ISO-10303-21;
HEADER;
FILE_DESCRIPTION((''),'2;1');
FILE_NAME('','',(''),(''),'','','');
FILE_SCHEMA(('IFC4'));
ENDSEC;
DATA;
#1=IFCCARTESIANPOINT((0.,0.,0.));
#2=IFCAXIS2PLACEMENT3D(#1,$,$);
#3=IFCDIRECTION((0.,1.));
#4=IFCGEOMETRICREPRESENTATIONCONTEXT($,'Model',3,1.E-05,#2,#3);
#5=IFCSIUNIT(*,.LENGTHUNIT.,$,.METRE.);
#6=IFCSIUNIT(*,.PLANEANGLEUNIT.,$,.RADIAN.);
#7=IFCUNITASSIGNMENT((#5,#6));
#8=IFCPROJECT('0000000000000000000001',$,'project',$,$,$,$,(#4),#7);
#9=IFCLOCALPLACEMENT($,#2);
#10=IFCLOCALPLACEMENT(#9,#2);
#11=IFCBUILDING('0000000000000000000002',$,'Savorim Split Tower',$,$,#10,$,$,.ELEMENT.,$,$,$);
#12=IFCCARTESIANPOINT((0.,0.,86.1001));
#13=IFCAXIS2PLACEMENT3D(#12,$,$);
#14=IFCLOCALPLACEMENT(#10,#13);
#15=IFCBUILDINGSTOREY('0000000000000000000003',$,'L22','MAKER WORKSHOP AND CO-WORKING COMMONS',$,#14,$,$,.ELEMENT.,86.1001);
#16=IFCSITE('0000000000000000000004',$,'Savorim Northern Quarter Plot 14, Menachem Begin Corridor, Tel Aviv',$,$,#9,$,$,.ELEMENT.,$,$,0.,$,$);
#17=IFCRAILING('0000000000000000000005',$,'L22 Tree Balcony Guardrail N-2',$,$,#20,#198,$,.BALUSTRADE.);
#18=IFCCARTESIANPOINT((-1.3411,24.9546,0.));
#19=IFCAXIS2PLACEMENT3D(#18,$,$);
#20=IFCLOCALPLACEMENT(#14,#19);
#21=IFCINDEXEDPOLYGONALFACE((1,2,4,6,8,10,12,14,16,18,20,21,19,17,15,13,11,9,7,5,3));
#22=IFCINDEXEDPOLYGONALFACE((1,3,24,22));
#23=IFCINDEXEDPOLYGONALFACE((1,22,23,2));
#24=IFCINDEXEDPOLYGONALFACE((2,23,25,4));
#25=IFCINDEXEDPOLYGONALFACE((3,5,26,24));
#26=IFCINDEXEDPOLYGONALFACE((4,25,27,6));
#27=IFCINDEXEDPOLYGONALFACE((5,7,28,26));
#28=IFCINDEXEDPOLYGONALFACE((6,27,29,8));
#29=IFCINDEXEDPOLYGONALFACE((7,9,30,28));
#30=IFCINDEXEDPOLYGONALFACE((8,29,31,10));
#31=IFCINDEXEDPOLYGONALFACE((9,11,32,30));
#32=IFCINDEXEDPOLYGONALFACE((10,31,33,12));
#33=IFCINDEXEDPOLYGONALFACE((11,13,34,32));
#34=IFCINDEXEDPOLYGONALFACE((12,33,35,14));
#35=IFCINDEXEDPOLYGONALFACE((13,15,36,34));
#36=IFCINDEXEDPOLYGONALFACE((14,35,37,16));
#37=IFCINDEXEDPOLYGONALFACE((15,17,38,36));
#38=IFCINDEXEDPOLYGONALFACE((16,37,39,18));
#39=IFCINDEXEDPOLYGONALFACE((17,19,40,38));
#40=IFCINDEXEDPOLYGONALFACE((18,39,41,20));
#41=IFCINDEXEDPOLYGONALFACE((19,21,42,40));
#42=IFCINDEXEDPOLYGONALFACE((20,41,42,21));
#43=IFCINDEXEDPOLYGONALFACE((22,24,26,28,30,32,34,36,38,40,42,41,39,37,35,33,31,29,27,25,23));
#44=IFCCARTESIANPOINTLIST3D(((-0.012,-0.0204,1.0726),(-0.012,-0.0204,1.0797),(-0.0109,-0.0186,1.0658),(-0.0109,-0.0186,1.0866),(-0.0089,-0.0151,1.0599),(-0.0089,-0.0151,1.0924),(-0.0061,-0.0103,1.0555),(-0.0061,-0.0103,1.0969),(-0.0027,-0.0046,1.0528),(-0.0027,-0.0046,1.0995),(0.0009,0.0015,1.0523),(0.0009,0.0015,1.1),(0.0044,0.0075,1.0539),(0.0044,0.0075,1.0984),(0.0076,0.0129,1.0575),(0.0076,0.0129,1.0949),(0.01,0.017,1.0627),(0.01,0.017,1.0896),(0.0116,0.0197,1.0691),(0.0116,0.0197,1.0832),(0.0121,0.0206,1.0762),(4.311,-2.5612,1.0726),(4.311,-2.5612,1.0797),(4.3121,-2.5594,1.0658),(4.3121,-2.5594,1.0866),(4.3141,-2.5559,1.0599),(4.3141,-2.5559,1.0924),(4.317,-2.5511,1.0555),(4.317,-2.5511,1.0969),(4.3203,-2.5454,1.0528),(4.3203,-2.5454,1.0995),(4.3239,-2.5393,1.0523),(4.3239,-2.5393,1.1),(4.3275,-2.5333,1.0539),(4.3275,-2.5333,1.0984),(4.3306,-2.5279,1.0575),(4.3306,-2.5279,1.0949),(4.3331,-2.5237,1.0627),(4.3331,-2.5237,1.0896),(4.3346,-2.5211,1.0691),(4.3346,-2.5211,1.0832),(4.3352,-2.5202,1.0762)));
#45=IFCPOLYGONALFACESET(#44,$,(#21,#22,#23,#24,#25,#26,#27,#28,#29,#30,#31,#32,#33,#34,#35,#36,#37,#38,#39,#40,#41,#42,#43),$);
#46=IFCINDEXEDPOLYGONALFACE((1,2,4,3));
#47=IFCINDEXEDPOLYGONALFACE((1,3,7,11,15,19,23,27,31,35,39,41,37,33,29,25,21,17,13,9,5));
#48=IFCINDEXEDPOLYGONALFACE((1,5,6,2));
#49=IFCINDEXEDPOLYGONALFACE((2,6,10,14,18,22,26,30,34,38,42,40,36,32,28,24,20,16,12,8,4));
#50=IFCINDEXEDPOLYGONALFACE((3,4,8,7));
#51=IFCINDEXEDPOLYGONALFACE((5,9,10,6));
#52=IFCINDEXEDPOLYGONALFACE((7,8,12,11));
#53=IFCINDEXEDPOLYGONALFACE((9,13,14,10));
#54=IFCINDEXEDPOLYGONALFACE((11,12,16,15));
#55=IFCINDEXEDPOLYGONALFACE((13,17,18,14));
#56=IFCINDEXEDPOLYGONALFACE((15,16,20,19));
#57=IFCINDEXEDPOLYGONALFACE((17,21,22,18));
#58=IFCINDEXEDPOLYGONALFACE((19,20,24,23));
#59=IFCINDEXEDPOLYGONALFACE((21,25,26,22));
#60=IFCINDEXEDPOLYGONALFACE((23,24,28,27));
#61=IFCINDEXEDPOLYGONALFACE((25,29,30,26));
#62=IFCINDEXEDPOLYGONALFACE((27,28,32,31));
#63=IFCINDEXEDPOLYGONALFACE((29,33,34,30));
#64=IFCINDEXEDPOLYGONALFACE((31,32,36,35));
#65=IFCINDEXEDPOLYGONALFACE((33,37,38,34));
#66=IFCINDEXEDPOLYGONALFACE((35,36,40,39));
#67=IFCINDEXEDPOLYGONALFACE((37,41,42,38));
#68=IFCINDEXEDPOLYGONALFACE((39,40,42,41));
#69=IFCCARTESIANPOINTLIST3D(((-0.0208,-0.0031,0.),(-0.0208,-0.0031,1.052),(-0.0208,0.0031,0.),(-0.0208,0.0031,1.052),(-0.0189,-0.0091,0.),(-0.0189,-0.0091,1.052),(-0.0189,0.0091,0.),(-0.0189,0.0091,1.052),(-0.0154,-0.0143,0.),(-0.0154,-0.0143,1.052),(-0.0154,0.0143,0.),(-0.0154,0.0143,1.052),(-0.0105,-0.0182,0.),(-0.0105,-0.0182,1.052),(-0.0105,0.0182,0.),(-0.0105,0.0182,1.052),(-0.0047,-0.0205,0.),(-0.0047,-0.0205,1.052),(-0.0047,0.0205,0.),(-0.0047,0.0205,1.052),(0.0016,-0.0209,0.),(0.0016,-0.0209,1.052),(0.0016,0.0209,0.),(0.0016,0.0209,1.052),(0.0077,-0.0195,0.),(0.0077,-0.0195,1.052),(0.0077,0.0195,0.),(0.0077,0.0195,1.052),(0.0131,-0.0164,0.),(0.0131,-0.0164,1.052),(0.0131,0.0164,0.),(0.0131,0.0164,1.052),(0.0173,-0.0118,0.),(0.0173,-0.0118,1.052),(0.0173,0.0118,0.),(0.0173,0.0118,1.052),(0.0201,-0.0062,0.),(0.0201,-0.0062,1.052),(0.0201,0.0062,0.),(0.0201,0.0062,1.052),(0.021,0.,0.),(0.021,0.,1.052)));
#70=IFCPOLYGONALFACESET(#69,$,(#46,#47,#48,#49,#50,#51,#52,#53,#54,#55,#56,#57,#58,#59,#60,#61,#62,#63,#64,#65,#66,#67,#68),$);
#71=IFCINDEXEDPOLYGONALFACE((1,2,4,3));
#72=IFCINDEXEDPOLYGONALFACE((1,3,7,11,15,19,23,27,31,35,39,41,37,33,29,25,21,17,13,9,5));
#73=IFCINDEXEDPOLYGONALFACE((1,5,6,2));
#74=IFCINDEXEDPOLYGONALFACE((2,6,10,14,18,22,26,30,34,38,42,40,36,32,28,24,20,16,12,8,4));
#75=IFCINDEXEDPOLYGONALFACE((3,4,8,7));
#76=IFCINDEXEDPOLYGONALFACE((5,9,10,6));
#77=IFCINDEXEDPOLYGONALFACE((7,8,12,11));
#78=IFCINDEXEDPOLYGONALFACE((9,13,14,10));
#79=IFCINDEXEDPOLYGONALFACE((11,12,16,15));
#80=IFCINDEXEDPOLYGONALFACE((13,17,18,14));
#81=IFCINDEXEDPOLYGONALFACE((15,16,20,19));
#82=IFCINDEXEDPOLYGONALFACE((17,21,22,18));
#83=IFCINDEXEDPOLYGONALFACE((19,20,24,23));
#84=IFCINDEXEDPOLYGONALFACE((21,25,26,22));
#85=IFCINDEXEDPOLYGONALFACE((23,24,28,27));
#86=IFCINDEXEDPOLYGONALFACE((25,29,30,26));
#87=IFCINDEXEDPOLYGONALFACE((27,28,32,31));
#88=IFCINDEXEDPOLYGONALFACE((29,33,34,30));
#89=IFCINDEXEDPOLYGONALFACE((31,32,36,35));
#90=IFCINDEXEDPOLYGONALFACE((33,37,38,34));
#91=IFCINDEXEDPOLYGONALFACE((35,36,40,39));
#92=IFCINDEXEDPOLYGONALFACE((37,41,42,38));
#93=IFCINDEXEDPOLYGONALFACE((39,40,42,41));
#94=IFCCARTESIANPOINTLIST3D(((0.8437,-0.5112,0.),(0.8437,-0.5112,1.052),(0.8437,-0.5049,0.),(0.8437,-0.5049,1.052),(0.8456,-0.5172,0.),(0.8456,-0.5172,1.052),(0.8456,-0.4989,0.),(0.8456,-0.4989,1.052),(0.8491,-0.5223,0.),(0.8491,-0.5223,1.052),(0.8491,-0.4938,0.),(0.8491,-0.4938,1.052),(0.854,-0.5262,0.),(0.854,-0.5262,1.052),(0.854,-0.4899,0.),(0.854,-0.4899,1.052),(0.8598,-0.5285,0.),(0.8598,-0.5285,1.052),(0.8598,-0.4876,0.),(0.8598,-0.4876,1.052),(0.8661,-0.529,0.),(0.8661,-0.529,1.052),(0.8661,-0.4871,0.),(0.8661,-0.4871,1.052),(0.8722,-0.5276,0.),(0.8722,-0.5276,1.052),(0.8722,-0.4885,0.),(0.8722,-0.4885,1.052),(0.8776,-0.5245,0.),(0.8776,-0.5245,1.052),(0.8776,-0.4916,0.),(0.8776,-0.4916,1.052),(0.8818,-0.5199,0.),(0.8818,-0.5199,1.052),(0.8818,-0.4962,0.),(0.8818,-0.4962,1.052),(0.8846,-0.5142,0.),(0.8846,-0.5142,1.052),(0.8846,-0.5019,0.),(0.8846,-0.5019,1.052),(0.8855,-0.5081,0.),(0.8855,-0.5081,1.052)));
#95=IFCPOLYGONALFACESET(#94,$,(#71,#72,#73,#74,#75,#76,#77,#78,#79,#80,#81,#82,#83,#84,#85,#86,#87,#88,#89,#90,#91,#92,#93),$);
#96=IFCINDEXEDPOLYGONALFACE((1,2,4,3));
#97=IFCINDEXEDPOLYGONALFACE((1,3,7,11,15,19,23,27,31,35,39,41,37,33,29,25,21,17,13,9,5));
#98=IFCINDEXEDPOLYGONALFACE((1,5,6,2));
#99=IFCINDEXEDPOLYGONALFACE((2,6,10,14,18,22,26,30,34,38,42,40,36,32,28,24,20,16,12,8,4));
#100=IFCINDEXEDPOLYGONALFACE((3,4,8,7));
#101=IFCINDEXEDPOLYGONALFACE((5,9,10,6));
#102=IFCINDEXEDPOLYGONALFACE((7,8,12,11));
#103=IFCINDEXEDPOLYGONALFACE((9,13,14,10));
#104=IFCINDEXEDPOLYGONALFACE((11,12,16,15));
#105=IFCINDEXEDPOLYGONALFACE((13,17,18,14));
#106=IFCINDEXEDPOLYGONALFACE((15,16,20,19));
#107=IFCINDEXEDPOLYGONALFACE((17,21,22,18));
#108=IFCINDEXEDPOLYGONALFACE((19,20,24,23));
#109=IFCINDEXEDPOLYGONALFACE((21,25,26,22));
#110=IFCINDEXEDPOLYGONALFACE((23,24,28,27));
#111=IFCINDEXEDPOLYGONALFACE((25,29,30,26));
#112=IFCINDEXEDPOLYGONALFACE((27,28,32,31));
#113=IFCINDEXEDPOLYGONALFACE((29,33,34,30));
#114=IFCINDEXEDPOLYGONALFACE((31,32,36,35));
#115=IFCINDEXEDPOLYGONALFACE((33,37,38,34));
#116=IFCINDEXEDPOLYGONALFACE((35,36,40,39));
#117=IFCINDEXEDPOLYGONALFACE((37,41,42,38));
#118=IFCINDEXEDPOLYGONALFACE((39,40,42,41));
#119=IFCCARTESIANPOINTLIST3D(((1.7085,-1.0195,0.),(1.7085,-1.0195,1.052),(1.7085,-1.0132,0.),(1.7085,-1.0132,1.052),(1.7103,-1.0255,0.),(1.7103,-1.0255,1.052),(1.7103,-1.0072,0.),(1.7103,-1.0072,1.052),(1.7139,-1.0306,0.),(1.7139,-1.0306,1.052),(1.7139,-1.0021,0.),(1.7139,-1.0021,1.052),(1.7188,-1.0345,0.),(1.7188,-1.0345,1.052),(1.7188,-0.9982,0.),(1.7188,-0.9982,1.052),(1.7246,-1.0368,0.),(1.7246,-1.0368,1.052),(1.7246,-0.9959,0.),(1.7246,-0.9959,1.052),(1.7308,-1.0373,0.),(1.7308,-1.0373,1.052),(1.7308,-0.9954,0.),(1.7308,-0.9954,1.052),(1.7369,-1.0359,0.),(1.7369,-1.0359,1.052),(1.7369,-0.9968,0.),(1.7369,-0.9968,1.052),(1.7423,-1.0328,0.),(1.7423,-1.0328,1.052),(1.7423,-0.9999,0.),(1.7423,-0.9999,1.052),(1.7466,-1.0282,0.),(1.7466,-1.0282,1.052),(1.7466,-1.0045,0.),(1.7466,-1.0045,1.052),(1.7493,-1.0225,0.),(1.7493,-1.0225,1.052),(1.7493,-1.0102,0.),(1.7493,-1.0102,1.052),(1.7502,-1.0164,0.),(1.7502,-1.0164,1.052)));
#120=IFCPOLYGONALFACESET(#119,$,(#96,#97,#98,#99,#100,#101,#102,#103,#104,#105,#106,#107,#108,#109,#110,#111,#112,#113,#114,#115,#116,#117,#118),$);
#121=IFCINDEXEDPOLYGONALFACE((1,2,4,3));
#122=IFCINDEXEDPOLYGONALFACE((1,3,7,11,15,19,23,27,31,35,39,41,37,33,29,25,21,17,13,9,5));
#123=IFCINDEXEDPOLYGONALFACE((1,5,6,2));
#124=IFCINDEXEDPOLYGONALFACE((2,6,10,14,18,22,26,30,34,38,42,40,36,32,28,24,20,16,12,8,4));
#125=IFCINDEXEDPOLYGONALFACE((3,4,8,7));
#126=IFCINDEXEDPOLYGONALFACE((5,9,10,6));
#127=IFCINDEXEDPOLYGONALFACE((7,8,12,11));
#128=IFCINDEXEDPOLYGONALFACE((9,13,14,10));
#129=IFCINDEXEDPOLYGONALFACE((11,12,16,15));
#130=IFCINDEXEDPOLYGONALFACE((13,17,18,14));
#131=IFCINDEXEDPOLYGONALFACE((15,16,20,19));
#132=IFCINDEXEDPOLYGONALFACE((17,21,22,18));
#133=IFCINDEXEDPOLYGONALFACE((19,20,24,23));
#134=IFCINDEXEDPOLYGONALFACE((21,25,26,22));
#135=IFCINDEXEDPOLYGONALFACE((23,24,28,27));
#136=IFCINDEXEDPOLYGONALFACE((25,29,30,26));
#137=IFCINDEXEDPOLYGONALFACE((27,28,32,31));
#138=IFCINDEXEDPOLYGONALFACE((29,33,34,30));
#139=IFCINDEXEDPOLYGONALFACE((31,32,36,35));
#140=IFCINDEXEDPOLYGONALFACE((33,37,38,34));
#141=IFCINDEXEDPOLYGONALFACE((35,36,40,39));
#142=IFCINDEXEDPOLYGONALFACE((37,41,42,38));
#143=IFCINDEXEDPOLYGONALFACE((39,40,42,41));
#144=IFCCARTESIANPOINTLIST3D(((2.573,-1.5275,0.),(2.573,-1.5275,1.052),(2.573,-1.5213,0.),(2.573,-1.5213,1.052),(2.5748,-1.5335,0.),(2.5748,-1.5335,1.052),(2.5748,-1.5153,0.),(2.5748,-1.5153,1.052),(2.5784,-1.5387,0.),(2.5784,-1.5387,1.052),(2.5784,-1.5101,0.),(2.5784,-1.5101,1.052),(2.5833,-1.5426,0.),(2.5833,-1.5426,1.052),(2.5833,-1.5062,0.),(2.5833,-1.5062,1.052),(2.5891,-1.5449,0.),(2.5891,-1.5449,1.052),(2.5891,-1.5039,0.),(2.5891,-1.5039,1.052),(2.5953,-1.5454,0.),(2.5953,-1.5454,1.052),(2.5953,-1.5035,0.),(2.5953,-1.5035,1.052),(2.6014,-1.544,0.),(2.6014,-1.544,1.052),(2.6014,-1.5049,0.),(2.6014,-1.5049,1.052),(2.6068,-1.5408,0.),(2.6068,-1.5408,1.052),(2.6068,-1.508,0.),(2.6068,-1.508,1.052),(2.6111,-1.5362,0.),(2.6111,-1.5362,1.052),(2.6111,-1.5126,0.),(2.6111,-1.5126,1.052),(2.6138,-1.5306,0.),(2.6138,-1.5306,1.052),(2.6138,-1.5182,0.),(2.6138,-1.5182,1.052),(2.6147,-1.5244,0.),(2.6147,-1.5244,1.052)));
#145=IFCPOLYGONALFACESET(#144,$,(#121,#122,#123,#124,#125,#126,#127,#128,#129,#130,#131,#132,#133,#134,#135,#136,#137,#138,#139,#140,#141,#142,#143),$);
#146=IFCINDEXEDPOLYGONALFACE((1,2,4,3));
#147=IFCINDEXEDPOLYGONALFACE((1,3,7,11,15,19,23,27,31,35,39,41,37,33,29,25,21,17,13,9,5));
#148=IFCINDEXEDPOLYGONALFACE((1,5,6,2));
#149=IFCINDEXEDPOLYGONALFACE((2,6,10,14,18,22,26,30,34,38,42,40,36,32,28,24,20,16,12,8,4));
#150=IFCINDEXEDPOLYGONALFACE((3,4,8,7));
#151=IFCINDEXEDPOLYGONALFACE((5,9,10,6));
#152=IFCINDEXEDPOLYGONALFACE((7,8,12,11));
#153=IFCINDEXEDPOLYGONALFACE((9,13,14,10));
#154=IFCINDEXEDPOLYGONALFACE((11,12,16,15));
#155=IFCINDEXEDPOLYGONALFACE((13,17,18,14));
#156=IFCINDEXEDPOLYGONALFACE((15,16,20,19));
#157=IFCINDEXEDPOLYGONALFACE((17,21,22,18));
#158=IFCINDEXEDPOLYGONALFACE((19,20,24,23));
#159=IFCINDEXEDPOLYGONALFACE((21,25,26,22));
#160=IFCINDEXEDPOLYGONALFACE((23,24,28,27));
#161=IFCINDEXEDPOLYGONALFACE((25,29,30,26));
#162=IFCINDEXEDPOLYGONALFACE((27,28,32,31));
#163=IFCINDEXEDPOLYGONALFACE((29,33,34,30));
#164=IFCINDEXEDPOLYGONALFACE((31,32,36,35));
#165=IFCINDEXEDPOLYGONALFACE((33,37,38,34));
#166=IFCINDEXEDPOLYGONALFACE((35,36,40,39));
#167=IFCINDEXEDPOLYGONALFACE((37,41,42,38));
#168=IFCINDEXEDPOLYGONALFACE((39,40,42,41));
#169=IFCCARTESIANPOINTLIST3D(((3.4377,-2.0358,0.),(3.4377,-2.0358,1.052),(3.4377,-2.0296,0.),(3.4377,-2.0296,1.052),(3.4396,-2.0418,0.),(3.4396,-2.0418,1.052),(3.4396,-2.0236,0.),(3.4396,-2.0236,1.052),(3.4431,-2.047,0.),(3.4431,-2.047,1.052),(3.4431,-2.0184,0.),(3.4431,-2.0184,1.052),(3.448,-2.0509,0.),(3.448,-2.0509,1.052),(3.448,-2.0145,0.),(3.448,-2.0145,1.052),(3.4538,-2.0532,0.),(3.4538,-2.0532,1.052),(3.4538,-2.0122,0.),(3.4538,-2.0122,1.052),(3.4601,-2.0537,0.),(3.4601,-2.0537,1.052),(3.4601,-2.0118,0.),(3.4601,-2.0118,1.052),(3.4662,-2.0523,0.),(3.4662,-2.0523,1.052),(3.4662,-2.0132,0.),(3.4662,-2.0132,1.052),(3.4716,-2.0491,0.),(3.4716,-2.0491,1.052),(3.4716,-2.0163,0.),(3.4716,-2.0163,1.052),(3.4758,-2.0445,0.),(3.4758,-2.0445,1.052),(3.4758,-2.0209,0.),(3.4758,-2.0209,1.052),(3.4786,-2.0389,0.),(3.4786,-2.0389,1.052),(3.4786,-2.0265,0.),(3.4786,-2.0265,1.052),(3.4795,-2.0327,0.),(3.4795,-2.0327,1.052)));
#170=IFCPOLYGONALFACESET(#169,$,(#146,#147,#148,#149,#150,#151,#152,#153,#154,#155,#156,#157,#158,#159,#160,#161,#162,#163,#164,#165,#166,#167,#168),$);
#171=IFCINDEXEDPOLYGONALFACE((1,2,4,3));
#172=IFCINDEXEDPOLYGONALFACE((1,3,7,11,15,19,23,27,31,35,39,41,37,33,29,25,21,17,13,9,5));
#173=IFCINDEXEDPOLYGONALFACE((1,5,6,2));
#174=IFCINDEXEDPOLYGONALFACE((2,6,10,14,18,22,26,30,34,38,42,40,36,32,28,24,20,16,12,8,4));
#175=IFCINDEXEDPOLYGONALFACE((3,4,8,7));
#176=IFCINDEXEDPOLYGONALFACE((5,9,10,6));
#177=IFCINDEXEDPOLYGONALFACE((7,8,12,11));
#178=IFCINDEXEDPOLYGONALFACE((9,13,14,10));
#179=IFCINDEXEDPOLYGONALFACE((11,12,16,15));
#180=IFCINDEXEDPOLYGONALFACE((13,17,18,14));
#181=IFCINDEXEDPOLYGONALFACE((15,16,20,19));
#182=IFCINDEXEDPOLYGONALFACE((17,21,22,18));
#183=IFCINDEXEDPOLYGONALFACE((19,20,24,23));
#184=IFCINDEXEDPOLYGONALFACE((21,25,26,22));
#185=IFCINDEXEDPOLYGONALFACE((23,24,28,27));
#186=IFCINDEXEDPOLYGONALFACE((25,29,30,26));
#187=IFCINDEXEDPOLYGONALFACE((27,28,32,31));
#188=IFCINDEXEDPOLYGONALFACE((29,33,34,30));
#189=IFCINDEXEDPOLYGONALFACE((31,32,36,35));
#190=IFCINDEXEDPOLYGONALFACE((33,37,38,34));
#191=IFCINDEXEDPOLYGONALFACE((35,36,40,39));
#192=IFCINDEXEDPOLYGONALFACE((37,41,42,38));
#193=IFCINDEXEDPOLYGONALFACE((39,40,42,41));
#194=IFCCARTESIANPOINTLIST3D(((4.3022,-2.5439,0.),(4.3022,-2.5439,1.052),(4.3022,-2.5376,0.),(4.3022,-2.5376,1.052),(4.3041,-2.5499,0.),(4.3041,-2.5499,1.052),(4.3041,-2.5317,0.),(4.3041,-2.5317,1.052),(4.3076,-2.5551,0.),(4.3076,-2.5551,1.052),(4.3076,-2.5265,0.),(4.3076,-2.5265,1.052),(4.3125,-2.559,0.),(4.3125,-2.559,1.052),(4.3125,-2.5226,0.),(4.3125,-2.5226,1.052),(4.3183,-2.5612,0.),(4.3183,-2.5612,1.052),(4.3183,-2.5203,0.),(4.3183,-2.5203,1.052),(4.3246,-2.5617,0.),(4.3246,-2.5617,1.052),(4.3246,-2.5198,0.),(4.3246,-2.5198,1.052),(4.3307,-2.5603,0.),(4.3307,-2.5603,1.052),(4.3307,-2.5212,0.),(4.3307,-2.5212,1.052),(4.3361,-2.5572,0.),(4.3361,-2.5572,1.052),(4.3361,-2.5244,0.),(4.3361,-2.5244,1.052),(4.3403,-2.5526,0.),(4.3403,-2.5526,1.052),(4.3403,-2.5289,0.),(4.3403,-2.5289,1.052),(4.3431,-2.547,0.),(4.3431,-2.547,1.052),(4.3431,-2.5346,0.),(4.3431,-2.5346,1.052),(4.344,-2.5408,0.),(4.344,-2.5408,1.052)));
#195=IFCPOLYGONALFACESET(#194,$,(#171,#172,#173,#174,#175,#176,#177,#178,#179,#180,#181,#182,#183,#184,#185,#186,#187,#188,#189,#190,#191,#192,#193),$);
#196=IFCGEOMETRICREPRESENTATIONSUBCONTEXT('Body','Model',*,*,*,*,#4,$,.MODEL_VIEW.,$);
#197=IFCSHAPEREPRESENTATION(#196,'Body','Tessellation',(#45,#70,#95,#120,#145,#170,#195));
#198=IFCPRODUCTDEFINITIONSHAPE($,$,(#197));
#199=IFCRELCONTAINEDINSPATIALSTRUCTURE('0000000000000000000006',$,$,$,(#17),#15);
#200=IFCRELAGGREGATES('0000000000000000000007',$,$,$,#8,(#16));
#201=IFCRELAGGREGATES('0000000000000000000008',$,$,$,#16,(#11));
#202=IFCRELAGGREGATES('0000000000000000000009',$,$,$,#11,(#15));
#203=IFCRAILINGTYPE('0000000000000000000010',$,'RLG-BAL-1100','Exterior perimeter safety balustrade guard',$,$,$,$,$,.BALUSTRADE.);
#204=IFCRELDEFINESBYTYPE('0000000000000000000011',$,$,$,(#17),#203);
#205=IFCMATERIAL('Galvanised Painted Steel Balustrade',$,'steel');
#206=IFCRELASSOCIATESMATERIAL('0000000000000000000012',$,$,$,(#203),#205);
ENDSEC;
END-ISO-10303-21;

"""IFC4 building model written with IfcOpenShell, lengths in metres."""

from ifc_helpers import new_model, si_unit, direction, frame, origin, origin_2d, place, context, subcontext, project, spatial, circle, extrude, material, type_object, element, save


model = new_model("IFC4")

# Units and contexts
model_context = context("Model", 3, precision=1e-05, world=origin(), true_north=direction((0.0, 1.0)))
body_context = subcontext(model_context, "Body", "Model", "MODEL_VIEW")
ifc_project = project(units=[si_unit("LENGTHUNIT", "METRE"), si_unit("PLANEANGLEUNIT", "RADIAN")], contexts=[model_context])

# Site, building, storey
site_placement = place(None, origin())
site = spatial("IfcSite", under=ifc_project, at=site_placement, Name="Savorim Northern Quarter Plot 14, Menachem Begin Corridor, Tel Aviv", CompositionType="ELEMENT", RefElevation=0.0)
building_placement = place(site_placement, origin())
building = spatial("IfcBuilding", under=site, at=building_placement, Name="Savorim Split Tower", CompositionType="ELEMENT")
storey_placement = place(building_placement, frame((0.0, 0.0, 86.1001)))
storey = spatial("IfcBuildingStorey", under=building, at=storey_placement, Name="L22", Description="MAKER WORKSHOP AND CO-WORKING COMMONS", CompositionType="ELEMENT", Elevation=86.1001)

# Railing
ifc_material_1 = material(Name="Galvanised Painted Steel Balustrade", Category="steel")
railing_type = type_object("IfcRailingType", Name="RLG-BAL-1100", Description="Exterior perimeter safety balustrade guard", PredefinedType="BALUSTRADE", material=ifc_material_1)
railing_1_placement = place(storey_placement, frame((-1.3411, 24.9546, 0.0)))
element("IfcRailing", 1, at=railing_1_placement, inside=storey, type_object=railing_type, Name="L22 Tree Balcony Guardrail N-2", PredefinedType="BALUSTRADE", context=body_context, shape_type="SweptSolid", body=[
    extrude(circle(Radius=0.0239, at=origin_2d()), frame((0.0, 0.0, 1.0762), z_axis=(0.862123, -0.506699, 0.0), x_axis=(0.506699, 0.862123, 0.0)), (0.0, 0.0, 1.0), 5.0144),
    extrude(circle(Radius=0.021, at=origin_2d()), origin(), (0.0, 0.0, 1.0), 1.052),
    extrude(circle(Radius=0.021, at=origin_2d()), frame((0.8645, -0.5081, 0.0)), (0.0, 0.0, 1.0), 1.052),
    extrude(circle(Radius=0.021, at=origin_2d()), frame((1.7292, -1.0164, 0.0)), (0.0, 0.0, 1.0), 1.052),
    extrude(circle(Radius=0.021, at=origin_2d()), frame((2.5938, -1.5244, 0.0)), (0.0, 0.0, 1.0), 1.052),
    extrude(circle(Radius=0.021, at=origin_2d()), frame((3.4585, -2.0327, 0.0)), (0.0, 0.0, 1.0), 1.052),
    extrude(circle(Radius=0.021, at=origin_2d()), frame((4.323, -2.5408, 0.0)), (0.0, 0.0, 1.0), 1.052),
])

save(model, "model.ifc")
